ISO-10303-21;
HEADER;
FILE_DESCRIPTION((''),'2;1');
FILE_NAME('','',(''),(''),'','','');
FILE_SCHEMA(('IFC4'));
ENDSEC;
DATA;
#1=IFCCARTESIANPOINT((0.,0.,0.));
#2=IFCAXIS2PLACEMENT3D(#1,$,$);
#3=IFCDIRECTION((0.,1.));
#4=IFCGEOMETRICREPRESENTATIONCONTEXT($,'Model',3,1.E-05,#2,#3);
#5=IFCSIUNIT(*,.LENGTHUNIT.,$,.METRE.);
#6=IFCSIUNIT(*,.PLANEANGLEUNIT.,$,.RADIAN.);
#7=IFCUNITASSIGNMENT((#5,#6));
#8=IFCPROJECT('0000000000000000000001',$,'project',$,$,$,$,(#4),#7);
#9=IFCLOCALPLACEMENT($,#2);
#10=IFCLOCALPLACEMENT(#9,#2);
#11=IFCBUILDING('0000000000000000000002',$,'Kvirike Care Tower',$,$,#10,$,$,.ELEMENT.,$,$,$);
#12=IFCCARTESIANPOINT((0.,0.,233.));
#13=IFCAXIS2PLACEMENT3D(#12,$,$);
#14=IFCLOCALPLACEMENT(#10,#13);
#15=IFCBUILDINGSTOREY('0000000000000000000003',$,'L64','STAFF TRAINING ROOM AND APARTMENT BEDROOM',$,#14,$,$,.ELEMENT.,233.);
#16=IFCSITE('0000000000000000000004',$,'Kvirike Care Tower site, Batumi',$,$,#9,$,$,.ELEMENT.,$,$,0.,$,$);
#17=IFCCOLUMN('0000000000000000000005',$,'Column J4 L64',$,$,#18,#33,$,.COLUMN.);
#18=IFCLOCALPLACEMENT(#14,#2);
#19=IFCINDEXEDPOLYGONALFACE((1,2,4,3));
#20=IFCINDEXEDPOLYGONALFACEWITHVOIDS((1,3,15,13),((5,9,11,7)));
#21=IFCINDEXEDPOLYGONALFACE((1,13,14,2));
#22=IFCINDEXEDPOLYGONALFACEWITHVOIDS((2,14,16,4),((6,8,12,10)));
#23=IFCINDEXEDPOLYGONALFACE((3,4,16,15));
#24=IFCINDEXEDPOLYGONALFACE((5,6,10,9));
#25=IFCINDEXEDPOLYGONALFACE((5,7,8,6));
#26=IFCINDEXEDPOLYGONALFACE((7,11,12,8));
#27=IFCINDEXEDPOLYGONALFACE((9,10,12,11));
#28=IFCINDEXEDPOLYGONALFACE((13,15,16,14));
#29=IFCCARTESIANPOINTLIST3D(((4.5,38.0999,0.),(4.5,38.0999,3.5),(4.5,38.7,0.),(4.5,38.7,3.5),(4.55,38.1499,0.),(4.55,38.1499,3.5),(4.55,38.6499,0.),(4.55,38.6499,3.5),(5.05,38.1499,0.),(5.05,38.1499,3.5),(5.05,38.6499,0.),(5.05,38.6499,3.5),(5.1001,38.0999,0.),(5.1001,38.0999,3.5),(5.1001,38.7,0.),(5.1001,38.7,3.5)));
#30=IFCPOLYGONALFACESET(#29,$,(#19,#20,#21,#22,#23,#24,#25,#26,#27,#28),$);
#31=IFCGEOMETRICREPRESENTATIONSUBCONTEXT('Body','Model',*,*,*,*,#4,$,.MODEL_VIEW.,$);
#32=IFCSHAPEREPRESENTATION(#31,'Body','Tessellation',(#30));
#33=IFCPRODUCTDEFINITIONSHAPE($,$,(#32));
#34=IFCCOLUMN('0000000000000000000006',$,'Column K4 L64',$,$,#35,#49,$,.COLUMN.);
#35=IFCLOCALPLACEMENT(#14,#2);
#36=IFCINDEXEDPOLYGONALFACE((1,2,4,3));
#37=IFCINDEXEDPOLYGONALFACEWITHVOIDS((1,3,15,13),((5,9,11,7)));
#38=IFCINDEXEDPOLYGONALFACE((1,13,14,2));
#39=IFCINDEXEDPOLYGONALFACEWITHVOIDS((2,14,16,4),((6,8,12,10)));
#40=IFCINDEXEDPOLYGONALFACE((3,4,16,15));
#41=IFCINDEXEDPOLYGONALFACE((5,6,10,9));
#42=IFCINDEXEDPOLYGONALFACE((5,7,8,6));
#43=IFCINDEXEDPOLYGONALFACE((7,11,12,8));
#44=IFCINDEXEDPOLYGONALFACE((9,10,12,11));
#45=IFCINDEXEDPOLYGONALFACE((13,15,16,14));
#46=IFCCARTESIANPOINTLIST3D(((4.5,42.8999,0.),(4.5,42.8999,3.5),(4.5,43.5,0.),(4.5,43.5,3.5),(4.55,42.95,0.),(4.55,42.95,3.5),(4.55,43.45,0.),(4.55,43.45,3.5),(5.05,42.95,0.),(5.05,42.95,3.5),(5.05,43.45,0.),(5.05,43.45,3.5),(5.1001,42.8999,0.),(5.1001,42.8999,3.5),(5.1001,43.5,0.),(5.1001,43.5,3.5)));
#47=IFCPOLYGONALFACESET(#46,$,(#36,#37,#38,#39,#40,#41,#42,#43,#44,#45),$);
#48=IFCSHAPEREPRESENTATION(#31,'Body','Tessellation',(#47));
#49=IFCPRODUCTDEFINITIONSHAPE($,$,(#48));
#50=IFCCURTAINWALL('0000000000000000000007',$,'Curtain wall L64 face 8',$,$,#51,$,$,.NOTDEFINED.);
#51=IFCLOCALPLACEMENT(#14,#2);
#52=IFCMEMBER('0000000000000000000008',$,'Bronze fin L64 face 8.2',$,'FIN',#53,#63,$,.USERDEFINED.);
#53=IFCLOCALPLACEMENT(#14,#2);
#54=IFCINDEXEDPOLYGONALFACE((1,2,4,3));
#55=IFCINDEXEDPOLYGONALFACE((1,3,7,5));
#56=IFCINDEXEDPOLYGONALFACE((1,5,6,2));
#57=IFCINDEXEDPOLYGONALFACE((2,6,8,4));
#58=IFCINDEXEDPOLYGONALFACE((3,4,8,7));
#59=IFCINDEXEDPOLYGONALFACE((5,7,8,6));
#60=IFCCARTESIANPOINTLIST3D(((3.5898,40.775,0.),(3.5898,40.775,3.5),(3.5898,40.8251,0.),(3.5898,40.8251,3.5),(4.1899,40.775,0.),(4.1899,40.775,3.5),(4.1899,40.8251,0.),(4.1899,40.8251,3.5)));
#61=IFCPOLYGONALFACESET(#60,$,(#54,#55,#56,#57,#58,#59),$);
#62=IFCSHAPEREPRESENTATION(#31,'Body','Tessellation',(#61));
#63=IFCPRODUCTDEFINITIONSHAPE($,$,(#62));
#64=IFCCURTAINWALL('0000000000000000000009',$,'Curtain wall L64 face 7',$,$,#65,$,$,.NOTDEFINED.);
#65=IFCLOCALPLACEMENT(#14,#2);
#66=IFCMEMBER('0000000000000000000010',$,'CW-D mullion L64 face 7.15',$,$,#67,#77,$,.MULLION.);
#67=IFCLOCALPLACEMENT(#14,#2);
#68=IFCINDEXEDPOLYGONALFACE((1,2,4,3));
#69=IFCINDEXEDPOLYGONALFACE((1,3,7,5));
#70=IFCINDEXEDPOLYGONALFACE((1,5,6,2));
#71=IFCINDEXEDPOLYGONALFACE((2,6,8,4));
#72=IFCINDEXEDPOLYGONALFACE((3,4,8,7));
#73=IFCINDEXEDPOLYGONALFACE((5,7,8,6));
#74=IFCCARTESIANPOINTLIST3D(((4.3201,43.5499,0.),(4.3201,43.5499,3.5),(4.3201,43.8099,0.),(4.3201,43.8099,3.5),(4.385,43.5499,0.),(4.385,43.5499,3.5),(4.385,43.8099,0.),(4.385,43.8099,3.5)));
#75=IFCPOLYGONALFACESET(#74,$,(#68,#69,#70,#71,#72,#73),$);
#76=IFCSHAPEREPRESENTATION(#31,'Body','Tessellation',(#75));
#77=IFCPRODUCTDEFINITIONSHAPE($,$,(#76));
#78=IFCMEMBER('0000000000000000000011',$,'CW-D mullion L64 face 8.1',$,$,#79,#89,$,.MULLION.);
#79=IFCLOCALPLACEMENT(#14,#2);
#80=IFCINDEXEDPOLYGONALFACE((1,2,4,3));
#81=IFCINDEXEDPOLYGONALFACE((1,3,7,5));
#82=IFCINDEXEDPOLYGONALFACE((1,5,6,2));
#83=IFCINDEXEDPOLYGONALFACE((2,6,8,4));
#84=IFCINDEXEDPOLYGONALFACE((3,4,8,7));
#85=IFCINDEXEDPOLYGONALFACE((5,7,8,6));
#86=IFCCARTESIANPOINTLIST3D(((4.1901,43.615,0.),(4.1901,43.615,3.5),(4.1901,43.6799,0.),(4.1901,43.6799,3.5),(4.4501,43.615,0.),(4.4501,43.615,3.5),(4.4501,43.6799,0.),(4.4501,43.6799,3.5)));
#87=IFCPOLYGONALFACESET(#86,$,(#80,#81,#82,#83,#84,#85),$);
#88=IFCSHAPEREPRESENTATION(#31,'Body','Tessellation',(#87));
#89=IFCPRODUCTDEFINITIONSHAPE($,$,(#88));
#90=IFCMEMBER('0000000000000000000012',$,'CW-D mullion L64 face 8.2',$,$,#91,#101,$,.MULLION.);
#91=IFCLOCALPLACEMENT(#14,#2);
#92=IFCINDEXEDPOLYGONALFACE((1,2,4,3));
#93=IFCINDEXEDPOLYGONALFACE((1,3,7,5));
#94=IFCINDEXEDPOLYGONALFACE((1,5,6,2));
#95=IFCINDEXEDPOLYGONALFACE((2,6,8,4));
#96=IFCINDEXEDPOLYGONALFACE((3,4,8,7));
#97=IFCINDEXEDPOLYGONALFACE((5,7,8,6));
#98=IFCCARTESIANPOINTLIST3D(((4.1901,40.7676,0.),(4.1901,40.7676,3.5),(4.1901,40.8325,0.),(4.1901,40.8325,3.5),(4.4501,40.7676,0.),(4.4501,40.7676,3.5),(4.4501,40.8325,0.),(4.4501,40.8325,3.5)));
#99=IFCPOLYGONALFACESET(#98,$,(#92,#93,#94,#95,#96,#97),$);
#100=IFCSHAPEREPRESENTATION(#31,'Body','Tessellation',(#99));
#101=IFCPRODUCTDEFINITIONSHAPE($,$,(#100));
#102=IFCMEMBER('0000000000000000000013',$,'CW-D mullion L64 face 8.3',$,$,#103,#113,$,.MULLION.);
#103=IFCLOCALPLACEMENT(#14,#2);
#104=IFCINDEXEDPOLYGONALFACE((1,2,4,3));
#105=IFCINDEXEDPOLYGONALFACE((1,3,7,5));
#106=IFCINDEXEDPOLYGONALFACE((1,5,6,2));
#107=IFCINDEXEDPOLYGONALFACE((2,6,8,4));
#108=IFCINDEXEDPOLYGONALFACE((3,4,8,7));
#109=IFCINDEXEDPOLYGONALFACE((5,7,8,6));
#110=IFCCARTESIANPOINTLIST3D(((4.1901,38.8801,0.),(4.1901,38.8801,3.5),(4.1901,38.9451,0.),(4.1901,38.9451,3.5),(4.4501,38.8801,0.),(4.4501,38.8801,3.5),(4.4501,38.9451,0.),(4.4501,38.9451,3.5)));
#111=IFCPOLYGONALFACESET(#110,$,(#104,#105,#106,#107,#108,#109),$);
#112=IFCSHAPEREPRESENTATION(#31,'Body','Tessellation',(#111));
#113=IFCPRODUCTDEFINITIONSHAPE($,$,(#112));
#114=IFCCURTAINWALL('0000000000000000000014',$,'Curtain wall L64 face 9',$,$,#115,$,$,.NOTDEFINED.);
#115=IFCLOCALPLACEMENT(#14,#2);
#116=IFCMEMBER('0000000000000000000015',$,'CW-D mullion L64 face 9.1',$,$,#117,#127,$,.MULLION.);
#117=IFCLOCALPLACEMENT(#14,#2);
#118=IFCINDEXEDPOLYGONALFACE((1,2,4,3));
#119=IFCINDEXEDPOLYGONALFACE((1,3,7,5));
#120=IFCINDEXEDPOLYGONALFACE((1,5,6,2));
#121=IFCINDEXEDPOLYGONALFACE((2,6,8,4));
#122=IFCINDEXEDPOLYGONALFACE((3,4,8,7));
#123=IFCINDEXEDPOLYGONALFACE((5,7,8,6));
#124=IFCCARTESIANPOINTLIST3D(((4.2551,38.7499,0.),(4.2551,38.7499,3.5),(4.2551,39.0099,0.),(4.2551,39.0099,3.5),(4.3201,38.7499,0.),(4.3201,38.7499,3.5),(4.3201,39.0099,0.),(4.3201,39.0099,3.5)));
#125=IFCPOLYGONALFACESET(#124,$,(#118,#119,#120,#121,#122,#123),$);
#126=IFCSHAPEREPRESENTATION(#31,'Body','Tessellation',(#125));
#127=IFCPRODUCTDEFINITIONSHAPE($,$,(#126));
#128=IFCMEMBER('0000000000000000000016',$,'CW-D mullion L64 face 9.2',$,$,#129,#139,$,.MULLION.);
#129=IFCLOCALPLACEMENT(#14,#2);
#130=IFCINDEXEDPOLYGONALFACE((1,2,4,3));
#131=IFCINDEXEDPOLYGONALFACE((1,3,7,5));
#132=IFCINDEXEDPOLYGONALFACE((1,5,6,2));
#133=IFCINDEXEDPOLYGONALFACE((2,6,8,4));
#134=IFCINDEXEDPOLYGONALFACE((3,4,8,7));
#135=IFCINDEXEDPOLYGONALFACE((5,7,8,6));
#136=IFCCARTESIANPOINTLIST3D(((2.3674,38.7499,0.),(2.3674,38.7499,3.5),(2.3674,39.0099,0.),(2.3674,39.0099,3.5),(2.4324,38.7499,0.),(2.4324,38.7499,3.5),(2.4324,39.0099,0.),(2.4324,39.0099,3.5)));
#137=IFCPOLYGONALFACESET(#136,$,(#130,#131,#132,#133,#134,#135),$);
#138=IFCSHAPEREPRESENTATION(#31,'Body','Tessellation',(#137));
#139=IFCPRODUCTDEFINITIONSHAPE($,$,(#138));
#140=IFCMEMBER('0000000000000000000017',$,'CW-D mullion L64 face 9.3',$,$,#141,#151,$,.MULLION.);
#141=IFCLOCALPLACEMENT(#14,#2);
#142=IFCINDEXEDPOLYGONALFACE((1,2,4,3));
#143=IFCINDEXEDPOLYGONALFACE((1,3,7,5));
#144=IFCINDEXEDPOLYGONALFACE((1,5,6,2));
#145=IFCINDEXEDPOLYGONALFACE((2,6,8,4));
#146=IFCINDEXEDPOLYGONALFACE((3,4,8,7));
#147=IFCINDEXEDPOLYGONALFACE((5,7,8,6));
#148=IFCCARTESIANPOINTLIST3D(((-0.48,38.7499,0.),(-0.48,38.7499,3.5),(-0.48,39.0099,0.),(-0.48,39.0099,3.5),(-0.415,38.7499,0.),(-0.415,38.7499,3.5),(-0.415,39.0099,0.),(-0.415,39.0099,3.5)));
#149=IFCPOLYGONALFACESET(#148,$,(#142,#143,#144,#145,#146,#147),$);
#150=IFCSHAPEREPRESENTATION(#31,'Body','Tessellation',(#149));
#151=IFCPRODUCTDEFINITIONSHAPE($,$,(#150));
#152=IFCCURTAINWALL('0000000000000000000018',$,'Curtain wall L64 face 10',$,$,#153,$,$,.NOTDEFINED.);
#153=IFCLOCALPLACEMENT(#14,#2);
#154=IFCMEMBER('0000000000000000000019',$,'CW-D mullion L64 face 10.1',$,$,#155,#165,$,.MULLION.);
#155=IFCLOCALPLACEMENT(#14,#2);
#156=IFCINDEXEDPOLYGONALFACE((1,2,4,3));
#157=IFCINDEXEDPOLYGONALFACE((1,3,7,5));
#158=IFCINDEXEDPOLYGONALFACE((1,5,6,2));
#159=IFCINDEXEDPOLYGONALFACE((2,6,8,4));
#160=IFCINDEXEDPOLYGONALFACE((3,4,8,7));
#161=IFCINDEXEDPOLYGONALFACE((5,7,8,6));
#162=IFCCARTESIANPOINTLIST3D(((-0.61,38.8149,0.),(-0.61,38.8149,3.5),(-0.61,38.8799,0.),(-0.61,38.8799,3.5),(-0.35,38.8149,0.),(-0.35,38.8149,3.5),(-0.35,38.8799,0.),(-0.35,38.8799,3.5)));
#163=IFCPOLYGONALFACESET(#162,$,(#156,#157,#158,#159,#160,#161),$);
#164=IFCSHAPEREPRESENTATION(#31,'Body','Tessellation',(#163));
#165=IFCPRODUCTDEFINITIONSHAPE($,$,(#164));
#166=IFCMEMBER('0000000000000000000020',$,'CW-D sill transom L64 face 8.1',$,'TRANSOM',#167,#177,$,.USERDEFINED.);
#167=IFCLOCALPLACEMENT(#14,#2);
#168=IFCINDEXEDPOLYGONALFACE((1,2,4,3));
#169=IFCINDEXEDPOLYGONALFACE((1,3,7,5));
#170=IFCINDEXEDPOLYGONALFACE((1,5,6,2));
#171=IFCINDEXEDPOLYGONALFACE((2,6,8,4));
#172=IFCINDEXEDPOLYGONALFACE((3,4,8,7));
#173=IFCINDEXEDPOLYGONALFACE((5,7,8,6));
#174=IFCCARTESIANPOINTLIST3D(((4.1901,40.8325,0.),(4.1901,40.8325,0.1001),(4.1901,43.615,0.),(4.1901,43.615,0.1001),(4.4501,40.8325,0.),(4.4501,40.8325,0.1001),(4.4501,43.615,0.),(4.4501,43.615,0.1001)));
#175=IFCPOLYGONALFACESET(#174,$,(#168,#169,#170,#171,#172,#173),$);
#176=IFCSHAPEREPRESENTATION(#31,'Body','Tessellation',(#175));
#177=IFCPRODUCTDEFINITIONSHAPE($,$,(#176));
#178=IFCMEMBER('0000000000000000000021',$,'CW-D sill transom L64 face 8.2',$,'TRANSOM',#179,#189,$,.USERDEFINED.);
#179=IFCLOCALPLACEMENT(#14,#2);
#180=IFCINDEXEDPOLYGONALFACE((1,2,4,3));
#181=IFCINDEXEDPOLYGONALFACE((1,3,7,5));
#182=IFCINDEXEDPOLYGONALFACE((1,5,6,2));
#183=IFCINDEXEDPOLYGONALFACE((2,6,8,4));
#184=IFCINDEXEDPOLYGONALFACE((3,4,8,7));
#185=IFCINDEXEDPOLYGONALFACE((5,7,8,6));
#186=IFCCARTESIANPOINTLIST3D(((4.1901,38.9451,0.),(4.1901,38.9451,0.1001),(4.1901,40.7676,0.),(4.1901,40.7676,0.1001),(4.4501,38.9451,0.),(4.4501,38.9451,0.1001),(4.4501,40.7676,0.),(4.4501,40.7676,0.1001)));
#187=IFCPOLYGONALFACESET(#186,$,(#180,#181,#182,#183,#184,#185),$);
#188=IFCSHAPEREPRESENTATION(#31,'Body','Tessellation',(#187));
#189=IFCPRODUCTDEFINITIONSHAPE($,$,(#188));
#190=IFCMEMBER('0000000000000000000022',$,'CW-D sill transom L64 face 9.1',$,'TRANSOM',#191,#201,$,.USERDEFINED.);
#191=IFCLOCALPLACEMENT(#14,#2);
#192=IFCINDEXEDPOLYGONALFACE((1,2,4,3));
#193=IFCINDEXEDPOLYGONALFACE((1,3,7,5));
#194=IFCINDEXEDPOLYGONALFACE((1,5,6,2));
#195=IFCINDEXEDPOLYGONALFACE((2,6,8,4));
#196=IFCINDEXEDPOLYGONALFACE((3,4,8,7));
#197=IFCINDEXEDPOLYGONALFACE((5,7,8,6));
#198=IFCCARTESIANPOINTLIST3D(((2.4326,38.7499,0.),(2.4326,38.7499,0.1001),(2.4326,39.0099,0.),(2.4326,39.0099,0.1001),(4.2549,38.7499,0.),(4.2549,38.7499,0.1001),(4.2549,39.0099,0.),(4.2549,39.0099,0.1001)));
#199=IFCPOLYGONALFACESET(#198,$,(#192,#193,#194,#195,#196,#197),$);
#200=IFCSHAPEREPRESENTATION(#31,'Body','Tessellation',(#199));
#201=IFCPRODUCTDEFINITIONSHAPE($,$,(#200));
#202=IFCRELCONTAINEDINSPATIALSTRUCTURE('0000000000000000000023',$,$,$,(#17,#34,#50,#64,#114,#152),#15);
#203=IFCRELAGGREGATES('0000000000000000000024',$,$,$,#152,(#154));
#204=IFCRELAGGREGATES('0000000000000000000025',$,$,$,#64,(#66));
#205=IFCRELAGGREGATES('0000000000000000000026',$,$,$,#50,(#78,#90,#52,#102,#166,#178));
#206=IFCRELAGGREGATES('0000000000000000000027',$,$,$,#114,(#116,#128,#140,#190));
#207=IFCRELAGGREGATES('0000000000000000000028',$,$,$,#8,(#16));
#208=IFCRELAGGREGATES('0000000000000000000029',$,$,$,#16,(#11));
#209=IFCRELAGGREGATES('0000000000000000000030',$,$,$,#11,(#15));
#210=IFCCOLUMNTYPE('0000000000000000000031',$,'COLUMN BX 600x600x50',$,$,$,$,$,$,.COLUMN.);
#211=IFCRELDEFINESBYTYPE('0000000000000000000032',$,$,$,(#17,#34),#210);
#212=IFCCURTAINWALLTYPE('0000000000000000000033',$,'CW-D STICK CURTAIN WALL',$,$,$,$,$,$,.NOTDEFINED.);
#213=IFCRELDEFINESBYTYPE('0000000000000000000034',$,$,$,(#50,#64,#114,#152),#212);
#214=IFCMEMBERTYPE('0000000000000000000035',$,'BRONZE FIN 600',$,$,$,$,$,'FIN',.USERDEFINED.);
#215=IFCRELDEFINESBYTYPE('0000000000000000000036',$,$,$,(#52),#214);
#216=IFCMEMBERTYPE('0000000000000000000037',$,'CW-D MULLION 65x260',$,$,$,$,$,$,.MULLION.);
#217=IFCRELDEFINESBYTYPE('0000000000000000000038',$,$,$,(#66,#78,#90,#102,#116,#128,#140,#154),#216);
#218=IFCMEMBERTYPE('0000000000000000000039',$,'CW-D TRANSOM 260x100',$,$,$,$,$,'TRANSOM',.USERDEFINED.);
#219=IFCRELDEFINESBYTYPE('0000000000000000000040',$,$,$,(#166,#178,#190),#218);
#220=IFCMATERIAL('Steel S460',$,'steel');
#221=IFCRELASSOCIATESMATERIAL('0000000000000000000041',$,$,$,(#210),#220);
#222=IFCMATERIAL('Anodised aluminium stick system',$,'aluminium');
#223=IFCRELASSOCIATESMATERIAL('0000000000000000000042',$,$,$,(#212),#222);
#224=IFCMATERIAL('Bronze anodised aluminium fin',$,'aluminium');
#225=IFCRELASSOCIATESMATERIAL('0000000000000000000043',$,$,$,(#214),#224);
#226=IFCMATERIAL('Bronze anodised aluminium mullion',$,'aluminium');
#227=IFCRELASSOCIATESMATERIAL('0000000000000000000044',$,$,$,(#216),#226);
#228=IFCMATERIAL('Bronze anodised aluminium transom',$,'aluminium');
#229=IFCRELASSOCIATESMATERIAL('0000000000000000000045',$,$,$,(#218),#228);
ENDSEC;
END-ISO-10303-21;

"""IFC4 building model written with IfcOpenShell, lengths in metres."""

from ifc_helpers import new_model, si_unit, direction, frame, origin, origin_2d, place, context, subcontext, project, spatial, rectangle, hollow_rectangle, extrude, material, material_profile, profile_set, type_object, element, aggregate, save


model = new_model("IFC4")

# Units and contexts
model_context = context("Model", 3, precision=1e-05, world=origin(), true_north=direction((0.0, 1.0)))
body_context = subcontext(model_context, "Body", "Model", "MODEL_VIEW")
ifc_project = project(units=[si_unit("LENGTHUNIT", "METRE"), si_unit("PLANEANGLEUNIT", "RADIAN")], contexts=[model_context])

# Site, building, storey
site_placement = place(None, origin())
site = spatial("IfcSite", under=ifc_project, at=site_placement, Name="Kvirike Care Tower site, Batumi", CompositionType="ELEMENT", RefElevation=0.0)
building_placement = place(site_placement, origin())
building = spatial("IfcBuilding", under=site, at=building_placement, Name="Kvirike Care Tower", CompositionType="ELEMENT")
storey_placement = place(building_placement, frame((0.0, 0.0, 233.0)))
storey = spatial("IfcBuildingStorey", under=building, at=storey_placement, Name="L64", Description="STAFF TRAINING ROOM AND APARTMENT BEDROOM", CompositionType="ELEMENT", Elevation=233.0)

# Columns
ifc_material_1 = material(Name="Steel S460", Category="steel")
ifc_material_profile_1 = material_profile(ifc_material_1, hollow_rectangle(XDim=0.6001, YDim=0.6001, WallThickness=0.05, at=origin_2d()), Name="BX 600x600x50")
ifc_profile_set_1 = profile_set([ifc_material_profile_1], Name="Steel S460")
column_type = type_object("IfcColumnType", Name="COLUMN BX 600x600x50", PredefinedType="COLUMN", material=ifc_profile_set_1)
for number, where, z_axis, x_axis, name in (
    (1, (4.8, 38.3999, 0.0), (0.0, 0.0, 1.0), (0.0, 1.0, 0.0), "Column J4 L64"),
    (2, (4.8, 43.2, 0.0), (0.0, 0.0, 1.0), (0.0, 1.0, 0.0), "Column K4 L64"),
):
    element("IfcColumn", number, at=place(storey_placement, frame(where, z_axis=z_axis, x_axis=x_axis)), inside=storey, type_object=column_type, Name=name, PredefinedType="COLUMN", context=body_context, shape_type="SweptSolid", body=[
        extrude(hollow_rectangle(XDim=0.6001, YDim=0.6001, WallThickness=0.05, at=origin_2d()), origin(), (0.0, 0.0, 1.0), 3.5),
    ])

# Curtain walls, members
ifc_material_2 = material(Name="Anodised aluminium stick system", Category="aluminium")
curtain_wall_type = type_object("IfcCurtainWallType", Name="CW-D STICK CURTAIN WALL", PredefinedType="NOTDEFINED", material=ifc_material_2)
curtain_wall_1_placement = place(storey_placement, origin())
curtain_wall_1 = element("IfcCurtainWall", 3, at=curtain_wall_1_placement, inside=storey, type_object=curtain_wall_type, Name="Curtain wall L64 face 8", PredefinedType="NOTDEFINED")
ifc_material_3 = material(Name="Bronze anodised aluminium fin", Category="aluminium")
ifc_material_profile_2 = material_profile(ifc_material_3, rectangle(XDim=0.05, YDim=0.6001, at=origin_2d()), Name="BRONZE FIN 600")
ifc_profile_set_2 = profile_set([ifc_material_profile_2], Name="Bronze anodised aluminium fin")
member_type_1 = type_object("IfcMemberType", Name="BRONZE FIN 600", ElementType="FIN", PredefinedType="USERDEFINED", material=ifc_profile_set_2)
member_1_placement = place(storey_placement, frame((3.8899, 40.8, 0.0), z_axis=(0.0, 0.0, 1.0), x_axis=(0.0, -1.0, 0.0)))
member_1 = element("IfcMember", 4, at=member_1_placement, type_object=member_type_1, Name="Bronze fin L64 face 8.2", ObjectType="FIN", PredefinedType="USERDEFINED", context=body_context, shape_type="SweptSolid", body=[
    extrude(rectangle(XDim=0.05, YDim=0.6001, at=origin_2d()), origin(), (0.0, 0.0, 1.0), 3.5),
])
curtain_wall_2_placement = place(storey_placement, origin())
curtain_wall_2 = element("IfcCurtainWall", 5, at=curtain_wall_2_placement, inside=storey, type_object=curtain_wall_type, Name="Curtain wall L64 face 7", PredefinedType="NOTDEFINED")
ifc_material_4 = material(Name="Bronze anodised aluminium mullion", Category="aluminium")
ifc_material_profile_3 = material_profile(ifc_material_4, rectangle(XDim=0.0649, YDim=0.26, at=origin_2d()), Name="CW-D MULLION 65x260")
ifc_profile_set_3 = profile_set([ifc_material_profile_3], Name="Bronze anodised aluminium mullion")
member_type_2 = type_object("IfcMemberType", Name="CW-D MULLION 65x260", PredefinedType="MULLION", material=ifc_profile_set_3)
member_2_placement = place(storey_placement, frame((4.3525, 43.6799, 0.0), z_axis=(0.0, 0.0, 1.0), x_axis=(-1.0, 0.0, 0.0)))
member_2 = element("IfcMember", 6, at=member_2_placement, type_object=member_type_2, Name="CW-D mullion L64 face 7.15", PredefinedType="MULLION", context=body_context, shape_type="SweptSolid", body=[
    extrude(rectangle(XDim=0.0649, YDim=0.26, at=origin_2d()), origin(), (0.0, 0.0, 1.0), 3.5),
])

# Members
member_3_placement = place(storey_placement, frame((4.3201, 43.6475, 0.0), z_axis=(0.0, 0.0, 1.0), x_axis=(0.0, -1.0, 0.0)))
member_3 = element("IfcMember", 7, at=member_3_placement, type_object=member_type_2, Name="CW-D mullion L64 face 8.1", PredefinedType="MULLION", context=body_context, shape_type="SweptSolid", body=[
    extrude(rectangle(XDim=0.0649, YDim=0.26, at=origin_2d()), origin(), (0.0, 0.0, 1.0), 3.5),
])
member_4_placement = place(storey_placement, frame((4.3201, 40.8, 0.0), z_axis=(0.0, 0.0, 1.0), x_axis=(0.0, -1.0, 0.0)))
member_4 = element("IfcMember", 8, at=member_4_placement, type_object=member_type_2, Name="CW-D mullion L64 face 8.2", PredefinedType="MULLION", context=body_context, shape_type="SweptSolid", body=[
    extrude(rectangle(XDim=0.0649, YDim=0.26, at=origin_2d()), origin(), (0.0, 0.0, 1.0), 3.5),
])
member_5_placement = place(storey_placement, frame((4.3201, 38.9126, 0.0), z_axis=(0.0, 0.0, 1.0), x_axis=(0.0, -1.0, 0.0)))
member_5 = element("IfcMember", 9, at=member_5_placement, type_object=member_type_2, Name="CW-D mullion L64 face 8.3", PredefinedType="MULLION", context=body_context, shape_type="SweptSolid", body=[
    extrude(rectangle(XDim=0.0649, YDim=0.26, at=origin_2d()), origin(), (0.0, 0.0, 1.0), 3.5),
])

# Curtain wall, members
curtain_wall_3_placement = place(storey_placement, origin())
curtain_wall_3 = element("IfcCurtainWall", 10, at=curtain_wall_3_placement, inside=storey, type_object=curtain_wall_type, Name="Curtain wall L64 face 9", PredefinedType="NOTDEFINED")
member_6_placement = place(storey_placement, frame((4.2876, 38.8799, 0.0), z_axis=(0.0, 0.0, 1.0), x_axis=(-1.0, 0.0, 0.0)))
member_6 = element("IfcMember", 11, at=member_6_placement, type_object=member_type_2, Name="CW-D mullion L64 face 9.1", PredefinedType="MULLION", context=body_context, shape_type="SweptSolid", body=[
    extrude(rectangle(XDim=0.0649, YDim=0.26, at=origin_2d()), origin(), (0.0, 0.0, 1.0), 3.5),
])
member_7_placement = place(storey_placement, frame((2.3999, 38.8799, 0.0), z_axis=(0.0, 0.0, 1.0), x_axis=(-1.0, 0.0, 0.0)))
member_7 = element("IfcMember", 12, at=member_7_placement, type_object=member_type_2, Name="CW-D mullion L64 face 9.2", PredefinedType="MULLION", context=body_context, shape_type="SweptSolid", body=[
    extrude(rectangle(XDim=0.0649, YDim=0.26, at=origin_2d()), origin(), (0.0, 0.0, 1.0), 3.5),
])
member_8_placement = place(storey_placement, frame((-0.4475, 38.8799, 0.0), z_axis=(0.0, 0.0, 1.0), x_axis=(-1.0, 0.0, 0.0)))
member_8 = element("IfcMember", 13, at=member_8_placement, type_object=member_type_2, Name="CW-D mullion L64 face 9.3", PredefinedType="MULLION", context=body_context, shape_type="SweptSolid", body=[
    extrude(rectangle(XDim=0.0649, YDim=0.26, at=origin_2d()), origin(), (0.0, 0.0, 1.0), 3.5),
])

# Curtain wall, member
curtain_wall_4_placement = place(storey_placement, origin())
curtain_wall_4 = element("IfcCurtainWall", 14, at=curtain_wall_4_placement, inside=storey, type_object=curtain_wall_type, Name="Curtain wall L64 face 10", PredefinedType="NOTDEFINED")
member_9_placement = place(storey_placement, frame((-0.48, 38.8474, 0.0), z_axis=(0.0, 0.0, 1.0), x_axis=(0.0, -1.0, 0.0)))
member_9 = element("IfcMember", 15, at=member_9_placement, type_object=member_type_2, Name="CW-D mullion L64 face 10.1", PredefinedType="MULLION", context=body_context, shape_type="SweptSolid", body=[
    extrude(rectangle(XDim=0.0649, YDim=0.26, at=origin_2d()), origin(), (0.0, 0.0, 1.0), 3.5),
])

# Members
ifc_material_5 = material(Name="Bronze anodised aluminium transom", Category="aluminium")
ifc_material_profile_4 = material_profile(ifc_material_5, rectangle(XDim=0.26, YDim=0.1001, at=origin_2d()), Name="CW-D TRANSOM 260x100")
ifc_profile_set_4 = profile_set([ifc_material_profile_4], Name="Bronze anodised aluminium transom")
member_type_3 = type_object("IfcMemberType", Name="CW-D TRANSOM 260x100", ElementType="TRANSOM", PredefinedType="USERDEFINED", material=ifc_profile_set_4)
member_10_placement = place(storey_placement, frame((4.3201, 43.615, 0.05), z_axis=(0.0, -1.0, 0.0), x_axis=(1.0, 0.0, 0.0)))
member_10 = element("IfcMember", 16, at=member_10_placement, type_object=member_type_3, Name="CW-D sill transom L64 face 8.1", ObjectType="TRANSOM", PredefinedType="USERDEFINED", context=body_context, shape_type="SweptSolid", body=[
    extrude(rectangle(XDim=0.26, YDim=0.1001, at=origin_2d()), origin(), (0.0, 0.0, 1.0), 2.7825),
])
member_11_placement = place(storey_placement, frame((4.3201, 40.7676, 0.05), z_axis=(0.0, -1.0, 0.0), x_axis=(1.0, 0.0, 0.0)))
member_11 = element("IfcMember", 17, at=member_11_placement, type_object=member_type_3, Name="CW-D sill transom L64 face 8.2", ObjectType="TRANSOM", PredefinedType="USERDEFINED", context=body_context, shape_type="SweptSolid", body=[
    extrude(rectangle(XDim=0.26, YDim=0.1001, at=origin_2d()), origin(), (0.0, 0.0, 1.0), 1.8225),
])
member_12_placement = place(storey_placement, frame((4.2549, 38.8799, 0.05), z_axis=(-1.0, 0.0, 0.0), x_axis=(0.0, -1.0, 0.0)))
member_12 = element("IfcMember", 18, at=member_12_placement, type_object=member_type_3, Name="CW-D sill transom L64 face 9.1", ObjectType="TRANSOM", PredefinedType="USERDEFINED", context=body_context, shape_type="SweptSolid", body=[
    extrude(rectangle(XDim=0.26, YDim=0.1001, at=origin_2d()), origin(), (0.0, 0.0, 1.0), 1.8223),
])
aggregate(curtain_wall_4, [member_9])

aggregate(curtain_wall_2, [member_2])
aggregate(curtain_wall_1, [member_3, member_4, member_1, member_5, member_10, member_11])
aggregate(curtain_wall_3, [member_6, member_7, member_8, member_12])

save(model, "model.ifc")
